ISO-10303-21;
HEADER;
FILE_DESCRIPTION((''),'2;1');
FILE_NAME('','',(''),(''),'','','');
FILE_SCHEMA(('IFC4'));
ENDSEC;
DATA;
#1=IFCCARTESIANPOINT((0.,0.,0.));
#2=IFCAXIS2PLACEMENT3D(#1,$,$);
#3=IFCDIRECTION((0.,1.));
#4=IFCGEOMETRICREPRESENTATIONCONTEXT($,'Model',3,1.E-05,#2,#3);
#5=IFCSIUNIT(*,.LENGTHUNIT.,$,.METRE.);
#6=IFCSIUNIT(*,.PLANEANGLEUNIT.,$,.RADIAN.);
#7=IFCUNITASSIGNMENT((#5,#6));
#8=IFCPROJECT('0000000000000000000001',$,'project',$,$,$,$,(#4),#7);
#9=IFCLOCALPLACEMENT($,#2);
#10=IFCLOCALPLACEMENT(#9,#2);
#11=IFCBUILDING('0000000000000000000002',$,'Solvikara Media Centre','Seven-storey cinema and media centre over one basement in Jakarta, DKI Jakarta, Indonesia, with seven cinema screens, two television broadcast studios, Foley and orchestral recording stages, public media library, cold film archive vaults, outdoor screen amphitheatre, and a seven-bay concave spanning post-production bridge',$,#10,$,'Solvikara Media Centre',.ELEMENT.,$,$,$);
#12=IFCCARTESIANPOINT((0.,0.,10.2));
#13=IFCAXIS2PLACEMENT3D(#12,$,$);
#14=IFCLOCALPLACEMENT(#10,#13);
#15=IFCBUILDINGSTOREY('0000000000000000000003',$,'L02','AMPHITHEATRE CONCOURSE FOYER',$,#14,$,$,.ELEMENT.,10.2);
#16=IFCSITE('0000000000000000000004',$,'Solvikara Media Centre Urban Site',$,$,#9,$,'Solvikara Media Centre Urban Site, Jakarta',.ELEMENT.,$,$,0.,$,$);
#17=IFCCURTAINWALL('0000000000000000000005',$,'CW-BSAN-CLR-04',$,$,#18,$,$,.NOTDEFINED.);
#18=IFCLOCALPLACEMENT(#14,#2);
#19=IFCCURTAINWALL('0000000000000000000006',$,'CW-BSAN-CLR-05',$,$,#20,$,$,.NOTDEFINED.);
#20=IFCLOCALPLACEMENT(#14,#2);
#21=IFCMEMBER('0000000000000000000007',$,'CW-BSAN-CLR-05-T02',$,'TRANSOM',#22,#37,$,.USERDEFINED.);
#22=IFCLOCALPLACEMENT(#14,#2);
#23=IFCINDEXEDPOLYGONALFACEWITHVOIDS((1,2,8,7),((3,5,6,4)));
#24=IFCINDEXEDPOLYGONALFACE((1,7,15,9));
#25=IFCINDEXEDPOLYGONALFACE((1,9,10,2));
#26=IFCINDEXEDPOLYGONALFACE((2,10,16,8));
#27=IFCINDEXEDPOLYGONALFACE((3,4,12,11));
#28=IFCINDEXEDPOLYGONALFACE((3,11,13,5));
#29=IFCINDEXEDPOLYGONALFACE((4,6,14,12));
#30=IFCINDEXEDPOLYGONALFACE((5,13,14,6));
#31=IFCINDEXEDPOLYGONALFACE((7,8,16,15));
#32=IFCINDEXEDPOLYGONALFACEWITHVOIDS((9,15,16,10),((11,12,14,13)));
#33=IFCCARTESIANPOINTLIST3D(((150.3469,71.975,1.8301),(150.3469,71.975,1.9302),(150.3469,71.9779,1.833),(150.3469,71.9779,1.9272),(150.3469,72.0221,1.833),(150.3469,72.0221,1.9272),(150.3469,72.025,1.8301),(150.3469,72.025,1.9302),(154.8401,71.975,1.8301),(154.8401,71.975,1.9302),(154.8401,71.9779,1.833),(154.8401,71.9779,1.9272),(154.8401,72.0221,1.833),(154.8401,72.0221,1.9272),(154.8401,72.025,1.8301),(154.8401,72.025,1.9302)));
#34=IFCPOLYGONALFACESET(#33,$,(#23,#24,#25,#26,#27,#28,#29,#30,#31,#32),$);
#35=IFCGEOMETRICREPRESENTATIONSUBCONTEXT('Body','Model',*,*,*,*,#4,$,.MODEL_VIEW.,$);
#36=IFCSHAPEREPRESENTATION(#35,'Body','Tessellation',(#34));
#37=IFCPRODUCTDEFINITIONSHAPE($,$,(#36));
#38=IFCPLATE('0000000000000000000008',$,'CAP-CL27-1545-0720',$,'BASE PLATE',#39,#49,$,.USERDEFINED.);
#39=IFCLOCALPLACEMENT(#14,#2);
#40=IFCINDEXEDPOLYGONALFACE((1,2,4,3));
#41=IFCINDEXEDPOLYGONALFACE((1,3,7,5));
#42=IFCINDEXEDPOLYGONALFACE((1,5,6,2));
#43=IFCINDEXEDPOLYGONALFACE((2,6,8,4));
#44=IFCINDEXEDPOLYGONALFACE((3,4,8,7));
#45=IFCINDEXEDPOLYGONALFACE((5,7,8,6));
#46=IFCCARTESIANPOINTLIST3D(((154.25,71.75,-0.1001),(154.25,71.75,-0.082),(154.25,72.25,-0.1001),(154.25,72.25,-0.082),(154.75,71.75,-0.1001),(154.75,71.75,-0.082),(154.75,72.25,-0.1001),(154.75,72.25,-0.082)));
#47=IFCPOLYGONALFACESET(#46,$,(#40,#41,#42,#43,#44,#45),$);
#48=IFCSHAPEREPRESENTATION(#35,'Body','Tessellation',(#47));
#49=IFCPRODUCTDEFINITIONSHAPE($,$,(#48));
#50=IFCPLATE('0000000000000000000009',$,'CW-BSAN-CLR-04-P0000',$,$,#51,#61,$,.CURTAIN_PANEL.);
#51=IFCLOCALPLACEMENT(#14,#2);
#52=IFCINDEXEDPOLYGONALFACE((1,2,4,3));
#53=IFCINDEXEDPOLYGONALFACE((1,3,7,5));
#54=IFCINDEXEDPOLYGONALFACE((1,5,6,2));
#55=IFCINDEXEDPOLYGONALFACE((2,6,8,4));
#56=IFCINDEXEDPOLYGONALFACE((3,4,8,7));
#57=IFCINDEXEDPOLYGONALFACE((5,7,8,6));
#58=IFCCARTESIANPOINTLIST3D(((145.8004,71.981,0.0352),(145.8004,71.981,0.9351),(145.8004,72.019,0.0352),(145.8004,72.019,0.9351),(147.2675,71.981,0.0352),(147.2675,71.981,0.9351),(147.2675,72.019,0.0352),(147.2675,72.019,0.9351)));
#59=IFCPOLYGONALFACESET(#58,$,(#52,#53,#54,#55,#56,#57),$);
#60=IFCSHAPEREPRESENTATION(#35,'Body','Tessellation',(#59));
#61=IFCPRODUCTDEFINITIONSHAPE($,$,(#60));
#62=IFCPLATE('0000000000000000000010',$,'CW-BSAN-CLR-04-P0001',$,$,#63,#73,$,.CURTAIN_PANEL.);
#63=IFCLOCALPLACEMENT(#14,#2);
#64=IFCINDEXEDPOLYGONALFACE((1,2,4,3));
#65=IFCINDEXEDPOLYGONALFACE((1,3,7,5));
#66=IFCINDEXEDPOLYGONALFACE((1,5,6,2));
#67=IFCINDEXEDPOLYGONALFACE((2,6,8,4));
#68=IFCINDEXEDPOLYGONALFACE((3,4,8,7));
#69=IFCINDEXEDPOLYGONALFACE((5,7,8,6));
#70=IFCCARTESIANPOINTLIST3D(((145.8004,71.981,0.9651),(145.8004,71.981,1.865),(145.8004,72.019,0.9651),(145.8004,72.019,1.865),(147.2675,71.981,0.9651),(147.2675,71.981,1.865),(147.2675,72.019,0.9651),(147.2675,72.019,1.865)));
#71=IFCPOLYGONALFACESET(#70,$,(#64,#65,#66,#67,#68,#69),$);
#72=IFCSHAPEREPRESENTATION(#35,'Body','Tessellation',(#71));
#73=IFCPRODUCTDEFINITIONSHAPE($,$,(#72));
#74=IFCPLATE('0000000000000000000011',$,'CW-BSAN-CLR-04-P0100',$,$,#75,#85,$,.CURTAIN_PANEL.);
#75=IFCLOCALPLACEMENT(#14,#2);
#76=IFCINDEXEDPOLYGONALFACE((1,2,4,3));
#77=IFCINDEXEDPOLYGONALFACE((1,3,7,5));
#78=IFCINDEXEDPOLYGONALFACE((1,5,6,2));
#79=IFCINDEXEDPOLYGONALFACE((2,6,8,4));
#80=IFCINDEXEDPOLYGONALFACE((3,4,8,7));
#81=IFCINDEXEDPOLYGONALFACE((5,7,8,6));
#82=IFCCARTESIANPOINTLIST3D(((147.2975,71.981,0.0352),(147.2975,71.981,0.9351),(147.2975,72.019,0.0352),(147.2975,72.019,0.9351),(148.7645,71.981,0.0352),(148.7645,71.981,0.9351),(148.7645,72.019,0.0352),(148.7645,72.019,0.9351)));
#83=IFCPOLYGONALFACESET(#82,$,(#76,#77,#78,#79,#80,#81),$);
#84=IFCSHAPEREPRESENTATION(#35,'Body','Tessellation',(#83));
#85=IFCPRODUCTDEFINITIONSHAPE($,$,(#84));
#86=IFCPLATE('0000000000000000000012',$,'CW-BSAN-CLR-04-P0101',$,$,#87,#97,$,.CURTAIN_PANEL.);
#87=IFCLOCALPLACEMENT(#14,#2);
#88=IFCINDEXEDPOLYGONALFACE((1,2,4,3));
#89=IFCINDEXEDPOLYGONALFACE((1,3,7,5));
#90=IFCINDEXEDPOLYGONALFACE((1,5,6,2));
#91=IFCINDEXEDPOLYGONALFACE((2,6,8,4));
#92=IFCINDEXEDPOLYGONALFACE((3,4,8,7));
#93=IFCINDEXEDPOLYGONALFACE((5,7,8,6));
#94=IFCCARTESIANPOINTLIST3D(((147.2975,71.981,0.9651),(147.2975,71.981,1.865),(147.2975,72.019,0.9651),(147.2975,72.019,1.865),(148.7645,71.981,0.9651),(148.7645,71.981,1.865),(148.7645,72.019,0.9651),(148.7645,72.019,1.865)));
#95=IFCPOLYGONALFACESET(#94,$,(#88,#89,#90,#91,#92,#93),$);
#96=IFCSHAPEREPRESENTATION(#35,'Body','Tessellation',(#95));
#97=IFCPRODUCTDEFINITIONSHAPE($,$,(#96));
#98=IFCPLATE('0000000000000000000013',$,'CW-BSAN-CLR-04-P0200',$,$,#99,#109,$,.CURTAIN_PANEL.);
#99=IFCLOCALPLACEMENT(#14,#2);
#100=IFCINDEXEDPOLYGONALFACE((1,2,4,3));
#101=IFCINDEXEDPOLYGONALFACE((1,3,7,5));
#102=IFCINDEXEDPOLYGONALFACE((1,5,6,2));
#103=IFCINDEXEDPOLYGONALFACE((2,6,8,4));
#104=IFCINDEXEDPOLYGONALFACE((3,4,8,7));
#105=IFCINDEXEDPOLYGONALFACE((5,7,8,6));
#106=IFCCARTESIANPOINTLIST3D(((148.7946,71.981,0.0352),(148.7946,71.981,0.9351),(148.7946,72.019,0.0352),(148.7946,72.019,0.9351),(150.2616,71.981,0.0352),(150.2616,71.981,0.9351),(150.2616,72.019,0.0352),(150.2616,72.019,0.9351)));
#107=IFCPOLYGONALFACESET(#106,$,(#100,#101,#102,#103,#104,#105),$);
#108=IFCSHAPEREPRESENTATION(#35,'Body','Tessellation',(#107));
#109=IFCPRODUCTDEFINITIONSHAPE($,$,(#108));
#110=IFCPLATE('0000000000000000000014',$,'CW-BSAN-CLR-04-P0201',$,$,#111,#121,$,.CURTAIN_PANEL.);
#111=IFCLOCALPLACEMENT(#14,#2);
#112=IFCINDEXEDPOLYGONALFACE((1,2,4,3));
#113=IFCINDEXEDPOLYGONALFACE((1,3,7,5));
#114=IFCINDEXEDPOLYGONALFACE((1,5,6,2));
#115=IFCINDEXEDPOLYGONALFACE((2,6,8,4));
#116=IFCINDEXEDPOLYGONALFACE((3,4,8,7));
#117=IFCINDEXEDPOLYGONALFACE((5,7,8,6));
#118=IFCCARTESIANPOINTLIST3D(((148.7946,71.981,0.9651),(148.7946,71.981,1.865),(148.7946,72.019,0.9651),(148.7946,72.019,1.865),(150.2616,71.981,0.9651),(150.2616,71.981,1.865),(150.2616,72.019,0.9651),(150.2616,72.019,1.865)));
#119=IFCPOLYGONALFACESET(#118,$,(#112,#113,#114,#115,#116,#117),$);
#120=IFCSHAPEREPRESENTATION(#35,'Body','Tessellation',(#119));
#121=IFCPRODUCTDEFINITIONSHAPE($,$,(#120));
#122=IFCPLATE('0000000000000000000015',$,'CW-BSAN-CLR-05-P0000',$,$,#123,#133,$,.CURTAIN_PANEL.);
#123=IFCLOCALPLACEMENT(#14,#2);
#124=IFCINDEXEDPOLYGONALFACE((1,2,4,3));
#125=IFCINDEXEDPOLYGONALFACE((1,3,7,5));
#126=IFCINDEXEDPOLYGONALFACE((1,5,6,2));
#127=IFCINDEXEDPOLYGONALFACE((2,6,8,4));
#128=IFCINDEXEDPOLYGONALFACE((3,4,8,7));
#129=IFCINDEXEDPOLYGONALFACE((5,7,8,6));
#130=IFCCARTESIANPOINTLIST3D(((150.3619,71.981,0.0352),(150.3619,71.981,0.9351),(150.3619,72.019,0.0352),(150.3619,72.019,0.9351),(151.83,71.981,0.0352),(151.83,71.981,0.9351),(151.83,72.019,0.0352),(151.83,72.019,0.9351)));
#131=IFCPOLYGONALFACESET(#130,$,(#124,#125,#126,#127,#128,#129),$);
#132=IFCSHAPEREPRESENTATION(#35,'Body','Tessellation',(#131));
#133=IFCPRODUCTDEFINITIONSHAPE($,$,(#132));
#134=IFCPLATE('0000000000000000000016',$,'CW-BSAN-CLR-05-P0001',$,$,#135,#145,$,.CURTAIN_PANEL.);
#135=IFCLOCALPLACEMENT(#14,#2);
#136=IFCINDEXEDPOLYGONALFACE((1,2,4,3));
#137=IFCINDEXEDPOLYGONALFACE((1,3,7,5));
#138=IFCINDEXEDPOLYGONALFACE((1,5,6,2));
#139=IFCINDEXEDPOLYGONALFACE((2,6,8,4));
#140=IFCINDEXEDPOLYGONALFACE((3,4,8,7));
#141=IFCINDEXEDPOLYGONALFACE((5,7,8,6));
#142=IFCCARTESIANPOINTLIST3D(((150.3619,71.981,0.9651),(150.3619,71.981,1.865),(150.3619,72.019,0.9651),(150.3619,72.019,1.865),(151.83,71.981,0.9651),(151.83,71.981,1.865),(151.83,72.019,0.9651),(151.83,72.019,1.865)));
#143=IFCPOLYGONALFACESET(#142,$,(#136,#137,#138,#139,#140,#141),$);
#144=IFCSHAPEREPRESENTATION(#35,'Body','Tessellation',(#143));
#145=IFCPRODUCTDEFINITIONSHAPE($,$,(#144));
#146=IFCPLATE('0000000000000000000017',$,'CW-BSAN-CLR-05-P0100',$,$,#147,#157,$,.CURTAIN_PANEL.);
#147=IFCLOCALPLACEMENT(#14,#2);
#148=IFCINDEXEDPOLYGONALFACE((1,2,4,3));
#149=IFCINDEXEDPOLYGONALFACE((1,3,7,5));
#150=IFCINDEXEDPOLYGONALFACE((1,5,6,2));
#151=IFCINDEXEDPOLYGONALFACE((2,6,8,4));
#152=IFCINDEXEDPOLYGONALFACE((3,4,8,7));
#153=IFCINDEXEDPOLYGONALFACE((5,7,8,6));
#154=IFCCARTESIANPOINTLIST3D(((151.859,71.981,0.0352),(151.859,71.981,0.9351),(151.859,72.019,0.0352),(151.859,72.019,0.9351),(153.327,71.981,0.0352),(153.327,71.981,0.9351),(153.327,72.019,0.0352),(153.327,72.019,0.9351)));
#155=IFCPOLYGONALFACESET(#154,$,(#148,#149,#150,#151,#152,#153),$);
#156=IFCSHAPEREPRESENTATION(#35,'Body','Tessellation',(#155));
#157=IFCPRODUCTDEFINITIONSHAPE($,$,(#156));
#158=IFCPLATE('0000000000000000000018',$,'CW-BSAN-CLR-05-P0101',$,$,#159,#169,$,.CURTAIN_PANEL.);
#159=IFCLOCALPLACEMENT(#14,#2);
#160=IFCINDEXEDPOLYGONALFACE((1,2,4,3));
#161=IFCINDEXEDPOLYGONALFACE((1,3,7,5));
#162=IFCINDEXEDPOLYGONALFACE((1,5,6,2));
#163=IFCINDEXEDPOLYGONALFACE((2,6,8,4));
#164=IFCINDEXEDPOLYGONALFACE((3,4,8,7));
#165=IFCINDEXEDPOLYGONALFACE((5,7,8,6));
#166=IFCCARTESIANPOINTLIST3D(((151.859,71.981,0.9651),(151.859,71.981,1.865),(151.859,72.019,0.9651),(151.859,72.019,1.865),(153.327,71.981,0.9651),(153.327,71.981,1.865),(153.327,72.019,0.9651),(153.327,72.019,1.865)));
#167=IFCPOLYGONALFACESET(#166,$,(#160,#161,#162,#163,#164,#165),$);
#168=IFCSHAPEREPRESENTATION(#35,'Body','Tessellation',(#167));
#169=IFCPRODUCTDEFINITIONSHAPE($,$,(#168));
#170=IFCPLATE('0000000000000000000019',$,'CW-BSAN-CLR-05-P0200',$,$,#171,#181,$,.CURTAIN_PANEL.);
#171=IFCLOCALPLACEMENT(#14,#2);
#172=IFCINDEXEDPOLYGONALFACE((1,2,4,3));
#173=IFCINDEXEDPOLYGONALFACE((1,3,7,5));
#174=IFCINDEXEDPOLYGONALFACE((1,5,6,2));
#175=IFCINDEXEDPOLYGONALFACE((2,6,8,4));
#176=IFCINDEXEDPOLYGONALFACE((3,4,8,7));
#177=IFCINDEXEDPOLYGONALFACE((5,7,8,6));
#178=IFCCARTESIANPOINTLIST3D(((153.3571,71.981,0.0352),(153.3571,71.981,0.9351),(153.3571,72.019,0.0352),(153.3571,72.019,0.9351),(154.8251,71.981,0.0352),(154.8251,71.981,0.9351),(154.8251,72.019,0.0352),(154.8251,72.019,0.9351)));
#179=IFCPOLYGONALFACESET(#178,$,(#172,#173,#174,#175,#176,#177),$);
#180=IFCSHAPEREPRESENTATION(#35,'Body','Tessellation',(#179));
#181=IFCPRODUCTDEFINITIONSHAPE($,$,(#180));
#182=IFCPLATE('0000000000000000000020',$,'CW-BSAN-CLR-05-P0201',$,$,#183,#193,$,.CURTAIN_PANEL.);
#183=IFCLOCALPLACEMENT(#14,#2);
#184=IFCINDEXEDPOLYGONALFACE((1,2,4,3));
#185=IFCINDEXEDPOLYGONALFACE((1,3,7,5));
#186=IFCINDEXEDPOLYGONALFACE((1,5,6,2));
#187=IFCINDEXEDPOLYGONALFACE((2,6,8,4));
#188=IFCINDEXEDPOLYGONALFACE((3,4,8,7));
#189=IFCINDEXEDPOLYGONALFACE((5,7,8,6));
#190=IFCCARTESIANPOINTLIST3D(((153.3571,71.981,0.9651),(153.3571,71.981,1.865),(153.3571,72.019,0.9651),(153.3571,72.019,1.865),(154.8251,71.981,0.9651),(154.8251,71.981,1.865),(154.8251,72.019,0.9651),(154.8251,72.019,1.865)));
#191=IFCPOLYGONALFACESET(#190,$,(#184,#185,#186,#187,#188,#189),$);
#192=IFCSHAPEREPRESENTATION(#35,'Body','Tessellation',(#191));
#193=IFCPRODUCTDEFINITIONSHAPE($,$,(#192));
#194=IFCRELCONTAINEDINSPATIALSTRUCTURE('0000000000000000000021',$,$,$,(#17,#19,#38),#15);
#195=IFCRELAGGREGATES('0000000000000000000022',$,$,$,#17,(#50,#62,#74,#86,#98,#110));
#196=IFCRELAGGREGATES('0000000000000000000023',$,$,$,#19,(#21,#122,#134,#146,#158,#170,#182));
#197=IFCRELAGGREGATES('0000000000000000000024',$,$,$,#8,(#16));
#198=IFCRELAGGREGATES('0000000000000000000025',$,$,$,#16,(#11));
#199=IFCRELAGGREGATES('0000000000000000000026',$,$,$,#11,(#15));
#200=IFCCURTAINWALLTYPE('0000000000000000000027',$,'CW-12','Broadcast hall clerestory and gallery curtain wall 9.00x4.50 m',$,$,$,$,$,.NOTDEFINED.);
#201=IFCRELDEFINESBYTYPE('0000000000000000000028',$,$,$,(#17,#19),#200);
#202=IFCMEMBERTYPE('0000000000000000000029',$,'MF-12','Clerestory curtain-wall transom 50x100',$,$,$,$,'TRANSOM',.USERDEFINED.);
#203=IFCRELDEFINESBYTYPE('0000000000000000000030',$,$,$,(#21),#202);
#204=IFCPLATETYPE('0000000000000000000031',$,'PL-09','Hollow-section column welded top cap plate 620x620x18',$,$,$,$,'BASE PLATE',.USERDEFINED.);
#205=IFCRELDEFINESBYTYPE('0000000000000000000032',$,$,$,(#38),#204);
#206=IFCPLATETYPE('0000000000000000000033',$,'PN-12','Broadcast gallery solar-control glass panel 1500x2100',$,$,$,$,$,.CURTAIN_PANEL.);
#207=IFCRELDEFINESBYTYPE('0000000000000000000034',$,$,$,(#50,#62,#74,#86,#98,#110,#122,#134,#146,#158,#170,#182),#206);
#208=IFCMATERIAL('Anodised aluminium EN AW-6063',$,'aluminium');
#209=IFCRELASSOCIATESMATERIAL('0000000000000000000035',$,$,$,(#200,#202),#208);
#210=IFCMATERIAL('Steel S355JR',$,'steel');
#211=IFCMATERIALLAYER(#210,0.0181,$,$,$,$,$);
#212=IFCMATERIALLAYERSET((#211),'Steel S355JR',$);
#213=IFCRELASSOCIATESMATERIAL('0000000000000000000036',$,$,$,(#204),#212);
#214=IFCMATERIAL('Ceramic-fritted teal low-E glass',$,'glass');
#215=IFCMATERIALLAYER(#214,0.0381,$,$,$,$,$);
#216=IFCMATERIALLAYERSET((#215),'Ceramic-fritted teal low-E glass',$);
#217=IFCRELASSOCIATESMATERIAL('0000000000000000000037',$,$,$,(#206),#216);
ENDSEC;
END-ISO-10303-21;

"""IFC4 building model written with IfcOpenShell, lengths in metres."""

from ifc_helpers import new_model, si_unit, direction, frame, origin, origin_2d, place, context, subcontext, project, spatial, rectangle, hollow_rectangle, extrude, material, layer, layer_set, material_profile, profile_set, type_object, element, aggregate, save


model = new_model("IFC4")

# Units and contexts
model_context = context("Model", 3, precision=1e-05, world=origin(), true_north=direction((0.0, 1.0)))
body_context = subcontext(model_context, "Body", "Model", "MODEL_VIEW")
ifc_project = project(units=[si_unit("LENGTHUNIT", "METRE"), si_unit("PLANEANGLEUNIT", "RADIAN")], contexts=[model_context])

# Site, building, storey
site_placement = place(None, origin())
site = spatial("IfcSite", under=ifc_project, at=site_placement, Name="Solvikara Media Centre Urban Site", LongName="Solvikara Media Centre Urban Site, Jakarta", CompositionType="ELEMENT", RefElevation=0.0)
building_placement = place(site_placement, origin())
building = spatial("IfcBuilding", under=site, at=building_placement, Name="Solvikara Media Centre", Description="Seven-storey cinema and media centre over one basement in Jakarta, DKI Jakarta, Indonesia, with seven cinema screens, two television broadcast studios, Foley and orchestral recording stages, public media library, cold film archive vaults, outdoor screen amphitheatre, and a seven-bay concave spanning post-production bridge", LongName="Solvikara Media Centre", CompositionType="ELEMENT")
storey_placement = place(building_placement, frame((0.0, 0.0, 10.2)))
storey = spatial("IfcBuildingStorey", under=building, at=storey_placement, Name="L02", Description="AMPHITHEATRE CONCOURSE FOYER", CompositionType="ELEMENT", Elevation=10.2)

# Shared definitions
ifc_material_1 = material(Name="Steel S355JR", Category="steel")

# Curtain walls, member
ifc_material_2 = material(Name="Anodised aluminium EN AW-6063", Category="aluminium")
curtain_wall_type = type_object("IfcCurtainWallType", Name="CW-12", Description="Broadcast hall clerestory and gallery curtain wall 9.00x4.50 m", PredefinedType="NOTDEFINED", material=ifc_material_2)
curtain_wall_1_placement = place(storey_placement, origin())
curtain_wall_1 = element("IfcCurtainWall", 1, at=curtain_wall_1_placement, inside=storey, type_object=curtain_wall_type, Name="CW-BSAN-CLR-04", PredefinedType="NOTDEFINED")
curtain_wall_2_placement = place(storey_placement, origin())
curtain_wall_2 = element("IfcCurtainWall", 2, at=curtain_wall_2_placement, inside=storey, type_object=curtain_wall_type, Name="CW-BSAN-CLR-05", PredefinedType="NOTDEFINED")
ifc_material_profile_1 = material_profile(ifc_material_2, hollow_rectangle(XDim=0.05, YDim=0.1001, WallThickness=0.0029, at=origin_2d()), Name="ALU-T 50x100x3")
ifc_profile_set_1 = profile_set([ifc_material_profile_1], Name="Anodised aluminium EN AW-6063")
member_type_1 = type_object("IfcMemberType", Name="MF-12", Description="Clerestory curtain-wall transom 50x100", ElementType="TRANSOM", PredefinedType="USERDEFINED", material=ifc_profile_set_1)
member_1_placement = place(storey_placement, frame((150.3469, 72.0, 1.8801), z_axis=(1.0, 0.0, 0.0), x_axis=(0.0, 1.0, 0.0)))
member_1 = element("IfcMember", 3, at=member_1_placement, type_object=member_type_1, Name="CW-BSAN-CLR-05-T02", ObjectType="TRANSOM", PredefinedType="USERDEFINED", context=body_context, shape_type="SweptSolid", body=[
    extrude(hollow_rectangle(XDim=0.05, YDim=0.1001, WallThickness=0.0029, at=origin_2d()), origin(), (0.0, 0.0, 1.0), 4.4932),
])

# Plates
ifc_layer_1 = layer(ifc_material_1, 0.0181)
ifc_layer_set_1 = layer_set([ifc_layer_1], Name="Steel S355JR")
plate_type_1 = type_object("IfcPlateType", Name="PL-09", Description="Hollow-section column welded top cap plate 620x620x18", ElementType="BASE PLATE", PredefinedType="USERDEFINED", material=ifc_layer_set_1)
plate_1_placement = place(storey_placement, frame((154.5, 72.0, -0.1001), z_axis=(0.0, 0.0, 1.0), x_axis=(1.0, 0.0, 0.0)))
element("IfcPlate", 4, at=plate_1_placement, inside=storey, type_object=plate_type_1, Name="CAP-CL27-1545-0720", ObjectType="BASE PLATE", PredefinedType="USERDEFINED", context=body_context, shape_type="SweptSolid", body=[
    extrude(rectangle(XDim=0.5, YDim=0.5, at=origin_2d()), origin(), (0.0, 0.0, 1.0), 0.0181),
])
ifc_material_3 = material(Name="Ceramic-fritted teal low-E glass", Category="glass")
ifc_layer_2 = layer(ifc_material_3, 0.0381)
ifc_layer_set_2 = layer_set([ifc_layer_2], Name="Ceramic-fritted teal low-E glass")
plate_type_2 = type_object("IfcPlateType", Name="PN-12", Description="Broadcast gallery solar-control glass panel 1500x2100", PredefinedType="CURTAIN_PANEL", material=ifc_layer_set_2)
plate_2_placement = place(storey_placement, frame((146.5339, 72.0, 0.0352), z_axis=(0.0, 0.0, 1.0), x_axis=(1.0, 0.0, 0.0)))
plate_2 = element("IfcPlate", 5, at=plate_2_placement, type_object=plate_type_2, Name="CW-BSAN-CLR-04-P0000", PredefinedType="CURTAIN_PANEL", context=body_context, shape_type="SweptSolid", body=[
    extrude(rectangle(XDim=1.467, YDim=0.0381, at=origin_2d()), origin(), (0.0, 0.0, 1.0), 0.8999),
])
plate_3_placement = place(storey_placement, frame((146.5339, 72.0, 0.9651), z_axis=(0.0, 0.0, 1.0), x_axis=(1.0, 0.0, 0.0)))
plate_3 = element("IfcPlate", 6, at=plate_3_placement, type_object=plate_type_2, Name="CW-BSAN-CLR-04-P0001", PredefinedType="CURTAIN_PANEL", context=body_context, shape_type="SweptSolid", body=[
    extrude(rectangle(XDim=1.467, YDim=0.0381, at=origin_2d()), origin(), (0.0, 0.0, 1.0), 0.8999),
])
plate_4_placement = place(storey_placement, frame((148.031, 72.0, 0.0352), z_axis=(0.0, 0.0, 1.0), x_axis=(1.0, 0.0, 0.0)))
plate_4 = element("IfcPlate", 7, at=plate_4_placement, type_object=plate_type_2, Name="CW-BSAN-CLR-04-P0100", PredefinedType="CURTAIN_PANEL", context=body_context, shape_type="SweptSolid", body=[
    extrude(rectangle(XDim=1.467, YDim=0.0381, at=origin_2d()), origin(), (0.0, 0.0, 1.0), 0.8999),
])
plate_5_placement = place(storey_placement, frame((148.031, 72.0, 0.9651), z_axis=(0.0, 0.0, 1.0), x_axis=(1.0, 0.0, 0.0)))
plate_5 = element("IfcPlate", 8, at=plate_5_placement, type_object=plate_type_2, Name="CW-BSAN-CLR-04-P0101", PredefinedType="CURTAIN_PANEL", context=body_context, shape_type="SweptSolid", body=[
    extrude(rectangle(XDim=1.467, YDim=0.0381, at=origin_2d()), origin(), (0.0, 0.0, 1.0), 0.8999),
])
plate_6_placement = place(storey_placement, frame((149.5281, 72.0, 0.0352), z_axis=(0.0, 0.0, 1.0), x_axis=(1.0, 0.0, 0.0)))
plate_6 = element("IfcPlate", 9, at=plate_6_placement, type_object=plate_type_2, Name="CW-BSAN-CLR-04-P0200", PredefinedType="CURTAIN_PANEL", context=body_context, shape_type="SweptSolid", body=[
    extrude(rectangle(XDim=1.467, YDim=0.0381, at=origin_2d()), origin(), (0.0, 0.0, 1.0), 0.8999),
])
plate_7_placement = place(storey_placement, frame((149.5281, 72.0, 0.9651), z_axis=(0.0, 0.0, 1.0), x_axis=(1.0, 0.0, 0.0)))
plate_7 = element("IfcPlate", 10, at=plate_7_placement, type_object=plate_type_2, Name="CW-BSAN-CLR-04-P0201", PredefinedType="CURTAIN_PANEL", context=body_context, shape_type="SweptSolid", body=[
    extrude(rectangle(XDim=1.467, YDim=0.0381, at=origin_2d()), origin(), (0.0, 0.0, 1.0), 0.8999),
])
aggregate(curtain_wall_1, [plate_2, plate_3, plate_4, plate_5, plate_6, plate_7])
plate_8_placement = place(storey_placement, frame((151.0959, 72.0, 0.0352), z_axis=(0.0, 0.0, 1.0), x_axis=(1.0, 0.0, 0.0)))
plate_8 = element("IfcPlate", 11, at=plate_8_placement, type_object=plate_type_2, Name="CW-BSAN-CLR-05-P0000", PredefinedType="CURTAIN_PANEL", context=body_context, shape_type="SweptSolid", body=[
    extrude(rectangle(XDim=1.468, YDim=0.0381, at=origin_2d()), origin(), (0.0, 0.0, 1.0), 0.8999),
])
plate_9_placement = place(storey_placement, frame((151.0959, 72.0, 0.9651), z_axis=(0.0, 0.0, 1.0), x_axis=(1.0, 0.0, 0.0)))
plate_9 = element("IfcPlate", 12, at=plate_9_placement, type_object=plate_type_2, Name="CW-BSAN-CLR-05-P0001", PredefinedType="CURTAIN_PANEL", context=body_context, shape_type="SweptSolid", body=[
    extrude(rectangle(XDim=1.468, YDim=0.0381, at=origin_2d()), origin(), (0.0, 0.0, 1.0), 0.8999),
])
plate_10_placement = place(storey_placement, frame((152.593, 72.0, 0.0352), z_axis=(0.0, 0.0, 1.0), x_axis=(1.0, 0.0, 0.0)))
plate_10 = element("IfcPlate", 13, at=plate_10_placement, type_object=plate_type_2, Name="CW-BSAN-CLR-05-P0100", PredefinedType="CURTAIN_PANEL", context=body_context, shape_type="SweptSolid", body=[
    extrude(rectangle(XDim=1.468, YDim=0.0381, at=origin_2d()), origin(), (0.0, 0.0, 1.0), 0.8999),
])
plate_11_placement = place(storey_placement, frame((152.593, 72.0, 0.9651), z_axis=(0.0, 0.0, 1.0), x_axis=(1.0, 0.0, 0.0)))
plate_11 = element("IfcPlate", 14, at=plate_11_placement, type_object=plate_type_2, Name="CW-BSAN-CLR-05-P0101", PredefinedType="CURTAIN_PANEL", context=body_context, shape_type="SweptSolid", body=[
    extrude(rectangle(XDim=1.468, YDim=0.0381, at=origin_2d()), origin(), (0.0, 0.0, 1.0), 0.8999),
])
plate_12_placement = place(storey_placement, frame((154.0911, 72.0, 0.0352), z_axis=(0.0, 0.0, 1.0), x_axis=(1.0, 0.0, 0.0)))
plate_12 = element("IfcPlate", 15, at=plate_12_placement, type_object=plate_type_2, Name="CW-BSAN-CLR-05-P0200", PredefinedType="CURTAIN_PANEL", context=body_context, shape_type="SweptSolid", body=[
    extrude(rectangle(XDim=1.468, YDim=0.0381, at=origin_2d()), origin(), (0.0, 0.0, 1.0), 0.8999),
])
plate_13_placement = place(storey_placement, frame((154.0911, 72.0, 0.9651), z_axis=(0.0, 0.0, 1.0), x_axis=(1.0, 0.0, 0.0)))
plate_13 = element("IfcPlate", 16, at=plate_13_placement, type_object=plate_type_2, Name="CW-BSAN-CLR-05-P0201", PredefinedType="CURTAIN_PANEL", context=body_context, shape_type="SweptSolid", body=[
    extrude(rectangle(XDim=1.468, YDim=0.0381, at=origin_2d()), origin(), (0.0, 0.0, 1.0), 0.8999),
])
aggregate(curtain_wall_2, [member_1, plate_8, plate_9, plate_10, plate_11, plate_12, plate_13])

save(model, "model.ifc")
